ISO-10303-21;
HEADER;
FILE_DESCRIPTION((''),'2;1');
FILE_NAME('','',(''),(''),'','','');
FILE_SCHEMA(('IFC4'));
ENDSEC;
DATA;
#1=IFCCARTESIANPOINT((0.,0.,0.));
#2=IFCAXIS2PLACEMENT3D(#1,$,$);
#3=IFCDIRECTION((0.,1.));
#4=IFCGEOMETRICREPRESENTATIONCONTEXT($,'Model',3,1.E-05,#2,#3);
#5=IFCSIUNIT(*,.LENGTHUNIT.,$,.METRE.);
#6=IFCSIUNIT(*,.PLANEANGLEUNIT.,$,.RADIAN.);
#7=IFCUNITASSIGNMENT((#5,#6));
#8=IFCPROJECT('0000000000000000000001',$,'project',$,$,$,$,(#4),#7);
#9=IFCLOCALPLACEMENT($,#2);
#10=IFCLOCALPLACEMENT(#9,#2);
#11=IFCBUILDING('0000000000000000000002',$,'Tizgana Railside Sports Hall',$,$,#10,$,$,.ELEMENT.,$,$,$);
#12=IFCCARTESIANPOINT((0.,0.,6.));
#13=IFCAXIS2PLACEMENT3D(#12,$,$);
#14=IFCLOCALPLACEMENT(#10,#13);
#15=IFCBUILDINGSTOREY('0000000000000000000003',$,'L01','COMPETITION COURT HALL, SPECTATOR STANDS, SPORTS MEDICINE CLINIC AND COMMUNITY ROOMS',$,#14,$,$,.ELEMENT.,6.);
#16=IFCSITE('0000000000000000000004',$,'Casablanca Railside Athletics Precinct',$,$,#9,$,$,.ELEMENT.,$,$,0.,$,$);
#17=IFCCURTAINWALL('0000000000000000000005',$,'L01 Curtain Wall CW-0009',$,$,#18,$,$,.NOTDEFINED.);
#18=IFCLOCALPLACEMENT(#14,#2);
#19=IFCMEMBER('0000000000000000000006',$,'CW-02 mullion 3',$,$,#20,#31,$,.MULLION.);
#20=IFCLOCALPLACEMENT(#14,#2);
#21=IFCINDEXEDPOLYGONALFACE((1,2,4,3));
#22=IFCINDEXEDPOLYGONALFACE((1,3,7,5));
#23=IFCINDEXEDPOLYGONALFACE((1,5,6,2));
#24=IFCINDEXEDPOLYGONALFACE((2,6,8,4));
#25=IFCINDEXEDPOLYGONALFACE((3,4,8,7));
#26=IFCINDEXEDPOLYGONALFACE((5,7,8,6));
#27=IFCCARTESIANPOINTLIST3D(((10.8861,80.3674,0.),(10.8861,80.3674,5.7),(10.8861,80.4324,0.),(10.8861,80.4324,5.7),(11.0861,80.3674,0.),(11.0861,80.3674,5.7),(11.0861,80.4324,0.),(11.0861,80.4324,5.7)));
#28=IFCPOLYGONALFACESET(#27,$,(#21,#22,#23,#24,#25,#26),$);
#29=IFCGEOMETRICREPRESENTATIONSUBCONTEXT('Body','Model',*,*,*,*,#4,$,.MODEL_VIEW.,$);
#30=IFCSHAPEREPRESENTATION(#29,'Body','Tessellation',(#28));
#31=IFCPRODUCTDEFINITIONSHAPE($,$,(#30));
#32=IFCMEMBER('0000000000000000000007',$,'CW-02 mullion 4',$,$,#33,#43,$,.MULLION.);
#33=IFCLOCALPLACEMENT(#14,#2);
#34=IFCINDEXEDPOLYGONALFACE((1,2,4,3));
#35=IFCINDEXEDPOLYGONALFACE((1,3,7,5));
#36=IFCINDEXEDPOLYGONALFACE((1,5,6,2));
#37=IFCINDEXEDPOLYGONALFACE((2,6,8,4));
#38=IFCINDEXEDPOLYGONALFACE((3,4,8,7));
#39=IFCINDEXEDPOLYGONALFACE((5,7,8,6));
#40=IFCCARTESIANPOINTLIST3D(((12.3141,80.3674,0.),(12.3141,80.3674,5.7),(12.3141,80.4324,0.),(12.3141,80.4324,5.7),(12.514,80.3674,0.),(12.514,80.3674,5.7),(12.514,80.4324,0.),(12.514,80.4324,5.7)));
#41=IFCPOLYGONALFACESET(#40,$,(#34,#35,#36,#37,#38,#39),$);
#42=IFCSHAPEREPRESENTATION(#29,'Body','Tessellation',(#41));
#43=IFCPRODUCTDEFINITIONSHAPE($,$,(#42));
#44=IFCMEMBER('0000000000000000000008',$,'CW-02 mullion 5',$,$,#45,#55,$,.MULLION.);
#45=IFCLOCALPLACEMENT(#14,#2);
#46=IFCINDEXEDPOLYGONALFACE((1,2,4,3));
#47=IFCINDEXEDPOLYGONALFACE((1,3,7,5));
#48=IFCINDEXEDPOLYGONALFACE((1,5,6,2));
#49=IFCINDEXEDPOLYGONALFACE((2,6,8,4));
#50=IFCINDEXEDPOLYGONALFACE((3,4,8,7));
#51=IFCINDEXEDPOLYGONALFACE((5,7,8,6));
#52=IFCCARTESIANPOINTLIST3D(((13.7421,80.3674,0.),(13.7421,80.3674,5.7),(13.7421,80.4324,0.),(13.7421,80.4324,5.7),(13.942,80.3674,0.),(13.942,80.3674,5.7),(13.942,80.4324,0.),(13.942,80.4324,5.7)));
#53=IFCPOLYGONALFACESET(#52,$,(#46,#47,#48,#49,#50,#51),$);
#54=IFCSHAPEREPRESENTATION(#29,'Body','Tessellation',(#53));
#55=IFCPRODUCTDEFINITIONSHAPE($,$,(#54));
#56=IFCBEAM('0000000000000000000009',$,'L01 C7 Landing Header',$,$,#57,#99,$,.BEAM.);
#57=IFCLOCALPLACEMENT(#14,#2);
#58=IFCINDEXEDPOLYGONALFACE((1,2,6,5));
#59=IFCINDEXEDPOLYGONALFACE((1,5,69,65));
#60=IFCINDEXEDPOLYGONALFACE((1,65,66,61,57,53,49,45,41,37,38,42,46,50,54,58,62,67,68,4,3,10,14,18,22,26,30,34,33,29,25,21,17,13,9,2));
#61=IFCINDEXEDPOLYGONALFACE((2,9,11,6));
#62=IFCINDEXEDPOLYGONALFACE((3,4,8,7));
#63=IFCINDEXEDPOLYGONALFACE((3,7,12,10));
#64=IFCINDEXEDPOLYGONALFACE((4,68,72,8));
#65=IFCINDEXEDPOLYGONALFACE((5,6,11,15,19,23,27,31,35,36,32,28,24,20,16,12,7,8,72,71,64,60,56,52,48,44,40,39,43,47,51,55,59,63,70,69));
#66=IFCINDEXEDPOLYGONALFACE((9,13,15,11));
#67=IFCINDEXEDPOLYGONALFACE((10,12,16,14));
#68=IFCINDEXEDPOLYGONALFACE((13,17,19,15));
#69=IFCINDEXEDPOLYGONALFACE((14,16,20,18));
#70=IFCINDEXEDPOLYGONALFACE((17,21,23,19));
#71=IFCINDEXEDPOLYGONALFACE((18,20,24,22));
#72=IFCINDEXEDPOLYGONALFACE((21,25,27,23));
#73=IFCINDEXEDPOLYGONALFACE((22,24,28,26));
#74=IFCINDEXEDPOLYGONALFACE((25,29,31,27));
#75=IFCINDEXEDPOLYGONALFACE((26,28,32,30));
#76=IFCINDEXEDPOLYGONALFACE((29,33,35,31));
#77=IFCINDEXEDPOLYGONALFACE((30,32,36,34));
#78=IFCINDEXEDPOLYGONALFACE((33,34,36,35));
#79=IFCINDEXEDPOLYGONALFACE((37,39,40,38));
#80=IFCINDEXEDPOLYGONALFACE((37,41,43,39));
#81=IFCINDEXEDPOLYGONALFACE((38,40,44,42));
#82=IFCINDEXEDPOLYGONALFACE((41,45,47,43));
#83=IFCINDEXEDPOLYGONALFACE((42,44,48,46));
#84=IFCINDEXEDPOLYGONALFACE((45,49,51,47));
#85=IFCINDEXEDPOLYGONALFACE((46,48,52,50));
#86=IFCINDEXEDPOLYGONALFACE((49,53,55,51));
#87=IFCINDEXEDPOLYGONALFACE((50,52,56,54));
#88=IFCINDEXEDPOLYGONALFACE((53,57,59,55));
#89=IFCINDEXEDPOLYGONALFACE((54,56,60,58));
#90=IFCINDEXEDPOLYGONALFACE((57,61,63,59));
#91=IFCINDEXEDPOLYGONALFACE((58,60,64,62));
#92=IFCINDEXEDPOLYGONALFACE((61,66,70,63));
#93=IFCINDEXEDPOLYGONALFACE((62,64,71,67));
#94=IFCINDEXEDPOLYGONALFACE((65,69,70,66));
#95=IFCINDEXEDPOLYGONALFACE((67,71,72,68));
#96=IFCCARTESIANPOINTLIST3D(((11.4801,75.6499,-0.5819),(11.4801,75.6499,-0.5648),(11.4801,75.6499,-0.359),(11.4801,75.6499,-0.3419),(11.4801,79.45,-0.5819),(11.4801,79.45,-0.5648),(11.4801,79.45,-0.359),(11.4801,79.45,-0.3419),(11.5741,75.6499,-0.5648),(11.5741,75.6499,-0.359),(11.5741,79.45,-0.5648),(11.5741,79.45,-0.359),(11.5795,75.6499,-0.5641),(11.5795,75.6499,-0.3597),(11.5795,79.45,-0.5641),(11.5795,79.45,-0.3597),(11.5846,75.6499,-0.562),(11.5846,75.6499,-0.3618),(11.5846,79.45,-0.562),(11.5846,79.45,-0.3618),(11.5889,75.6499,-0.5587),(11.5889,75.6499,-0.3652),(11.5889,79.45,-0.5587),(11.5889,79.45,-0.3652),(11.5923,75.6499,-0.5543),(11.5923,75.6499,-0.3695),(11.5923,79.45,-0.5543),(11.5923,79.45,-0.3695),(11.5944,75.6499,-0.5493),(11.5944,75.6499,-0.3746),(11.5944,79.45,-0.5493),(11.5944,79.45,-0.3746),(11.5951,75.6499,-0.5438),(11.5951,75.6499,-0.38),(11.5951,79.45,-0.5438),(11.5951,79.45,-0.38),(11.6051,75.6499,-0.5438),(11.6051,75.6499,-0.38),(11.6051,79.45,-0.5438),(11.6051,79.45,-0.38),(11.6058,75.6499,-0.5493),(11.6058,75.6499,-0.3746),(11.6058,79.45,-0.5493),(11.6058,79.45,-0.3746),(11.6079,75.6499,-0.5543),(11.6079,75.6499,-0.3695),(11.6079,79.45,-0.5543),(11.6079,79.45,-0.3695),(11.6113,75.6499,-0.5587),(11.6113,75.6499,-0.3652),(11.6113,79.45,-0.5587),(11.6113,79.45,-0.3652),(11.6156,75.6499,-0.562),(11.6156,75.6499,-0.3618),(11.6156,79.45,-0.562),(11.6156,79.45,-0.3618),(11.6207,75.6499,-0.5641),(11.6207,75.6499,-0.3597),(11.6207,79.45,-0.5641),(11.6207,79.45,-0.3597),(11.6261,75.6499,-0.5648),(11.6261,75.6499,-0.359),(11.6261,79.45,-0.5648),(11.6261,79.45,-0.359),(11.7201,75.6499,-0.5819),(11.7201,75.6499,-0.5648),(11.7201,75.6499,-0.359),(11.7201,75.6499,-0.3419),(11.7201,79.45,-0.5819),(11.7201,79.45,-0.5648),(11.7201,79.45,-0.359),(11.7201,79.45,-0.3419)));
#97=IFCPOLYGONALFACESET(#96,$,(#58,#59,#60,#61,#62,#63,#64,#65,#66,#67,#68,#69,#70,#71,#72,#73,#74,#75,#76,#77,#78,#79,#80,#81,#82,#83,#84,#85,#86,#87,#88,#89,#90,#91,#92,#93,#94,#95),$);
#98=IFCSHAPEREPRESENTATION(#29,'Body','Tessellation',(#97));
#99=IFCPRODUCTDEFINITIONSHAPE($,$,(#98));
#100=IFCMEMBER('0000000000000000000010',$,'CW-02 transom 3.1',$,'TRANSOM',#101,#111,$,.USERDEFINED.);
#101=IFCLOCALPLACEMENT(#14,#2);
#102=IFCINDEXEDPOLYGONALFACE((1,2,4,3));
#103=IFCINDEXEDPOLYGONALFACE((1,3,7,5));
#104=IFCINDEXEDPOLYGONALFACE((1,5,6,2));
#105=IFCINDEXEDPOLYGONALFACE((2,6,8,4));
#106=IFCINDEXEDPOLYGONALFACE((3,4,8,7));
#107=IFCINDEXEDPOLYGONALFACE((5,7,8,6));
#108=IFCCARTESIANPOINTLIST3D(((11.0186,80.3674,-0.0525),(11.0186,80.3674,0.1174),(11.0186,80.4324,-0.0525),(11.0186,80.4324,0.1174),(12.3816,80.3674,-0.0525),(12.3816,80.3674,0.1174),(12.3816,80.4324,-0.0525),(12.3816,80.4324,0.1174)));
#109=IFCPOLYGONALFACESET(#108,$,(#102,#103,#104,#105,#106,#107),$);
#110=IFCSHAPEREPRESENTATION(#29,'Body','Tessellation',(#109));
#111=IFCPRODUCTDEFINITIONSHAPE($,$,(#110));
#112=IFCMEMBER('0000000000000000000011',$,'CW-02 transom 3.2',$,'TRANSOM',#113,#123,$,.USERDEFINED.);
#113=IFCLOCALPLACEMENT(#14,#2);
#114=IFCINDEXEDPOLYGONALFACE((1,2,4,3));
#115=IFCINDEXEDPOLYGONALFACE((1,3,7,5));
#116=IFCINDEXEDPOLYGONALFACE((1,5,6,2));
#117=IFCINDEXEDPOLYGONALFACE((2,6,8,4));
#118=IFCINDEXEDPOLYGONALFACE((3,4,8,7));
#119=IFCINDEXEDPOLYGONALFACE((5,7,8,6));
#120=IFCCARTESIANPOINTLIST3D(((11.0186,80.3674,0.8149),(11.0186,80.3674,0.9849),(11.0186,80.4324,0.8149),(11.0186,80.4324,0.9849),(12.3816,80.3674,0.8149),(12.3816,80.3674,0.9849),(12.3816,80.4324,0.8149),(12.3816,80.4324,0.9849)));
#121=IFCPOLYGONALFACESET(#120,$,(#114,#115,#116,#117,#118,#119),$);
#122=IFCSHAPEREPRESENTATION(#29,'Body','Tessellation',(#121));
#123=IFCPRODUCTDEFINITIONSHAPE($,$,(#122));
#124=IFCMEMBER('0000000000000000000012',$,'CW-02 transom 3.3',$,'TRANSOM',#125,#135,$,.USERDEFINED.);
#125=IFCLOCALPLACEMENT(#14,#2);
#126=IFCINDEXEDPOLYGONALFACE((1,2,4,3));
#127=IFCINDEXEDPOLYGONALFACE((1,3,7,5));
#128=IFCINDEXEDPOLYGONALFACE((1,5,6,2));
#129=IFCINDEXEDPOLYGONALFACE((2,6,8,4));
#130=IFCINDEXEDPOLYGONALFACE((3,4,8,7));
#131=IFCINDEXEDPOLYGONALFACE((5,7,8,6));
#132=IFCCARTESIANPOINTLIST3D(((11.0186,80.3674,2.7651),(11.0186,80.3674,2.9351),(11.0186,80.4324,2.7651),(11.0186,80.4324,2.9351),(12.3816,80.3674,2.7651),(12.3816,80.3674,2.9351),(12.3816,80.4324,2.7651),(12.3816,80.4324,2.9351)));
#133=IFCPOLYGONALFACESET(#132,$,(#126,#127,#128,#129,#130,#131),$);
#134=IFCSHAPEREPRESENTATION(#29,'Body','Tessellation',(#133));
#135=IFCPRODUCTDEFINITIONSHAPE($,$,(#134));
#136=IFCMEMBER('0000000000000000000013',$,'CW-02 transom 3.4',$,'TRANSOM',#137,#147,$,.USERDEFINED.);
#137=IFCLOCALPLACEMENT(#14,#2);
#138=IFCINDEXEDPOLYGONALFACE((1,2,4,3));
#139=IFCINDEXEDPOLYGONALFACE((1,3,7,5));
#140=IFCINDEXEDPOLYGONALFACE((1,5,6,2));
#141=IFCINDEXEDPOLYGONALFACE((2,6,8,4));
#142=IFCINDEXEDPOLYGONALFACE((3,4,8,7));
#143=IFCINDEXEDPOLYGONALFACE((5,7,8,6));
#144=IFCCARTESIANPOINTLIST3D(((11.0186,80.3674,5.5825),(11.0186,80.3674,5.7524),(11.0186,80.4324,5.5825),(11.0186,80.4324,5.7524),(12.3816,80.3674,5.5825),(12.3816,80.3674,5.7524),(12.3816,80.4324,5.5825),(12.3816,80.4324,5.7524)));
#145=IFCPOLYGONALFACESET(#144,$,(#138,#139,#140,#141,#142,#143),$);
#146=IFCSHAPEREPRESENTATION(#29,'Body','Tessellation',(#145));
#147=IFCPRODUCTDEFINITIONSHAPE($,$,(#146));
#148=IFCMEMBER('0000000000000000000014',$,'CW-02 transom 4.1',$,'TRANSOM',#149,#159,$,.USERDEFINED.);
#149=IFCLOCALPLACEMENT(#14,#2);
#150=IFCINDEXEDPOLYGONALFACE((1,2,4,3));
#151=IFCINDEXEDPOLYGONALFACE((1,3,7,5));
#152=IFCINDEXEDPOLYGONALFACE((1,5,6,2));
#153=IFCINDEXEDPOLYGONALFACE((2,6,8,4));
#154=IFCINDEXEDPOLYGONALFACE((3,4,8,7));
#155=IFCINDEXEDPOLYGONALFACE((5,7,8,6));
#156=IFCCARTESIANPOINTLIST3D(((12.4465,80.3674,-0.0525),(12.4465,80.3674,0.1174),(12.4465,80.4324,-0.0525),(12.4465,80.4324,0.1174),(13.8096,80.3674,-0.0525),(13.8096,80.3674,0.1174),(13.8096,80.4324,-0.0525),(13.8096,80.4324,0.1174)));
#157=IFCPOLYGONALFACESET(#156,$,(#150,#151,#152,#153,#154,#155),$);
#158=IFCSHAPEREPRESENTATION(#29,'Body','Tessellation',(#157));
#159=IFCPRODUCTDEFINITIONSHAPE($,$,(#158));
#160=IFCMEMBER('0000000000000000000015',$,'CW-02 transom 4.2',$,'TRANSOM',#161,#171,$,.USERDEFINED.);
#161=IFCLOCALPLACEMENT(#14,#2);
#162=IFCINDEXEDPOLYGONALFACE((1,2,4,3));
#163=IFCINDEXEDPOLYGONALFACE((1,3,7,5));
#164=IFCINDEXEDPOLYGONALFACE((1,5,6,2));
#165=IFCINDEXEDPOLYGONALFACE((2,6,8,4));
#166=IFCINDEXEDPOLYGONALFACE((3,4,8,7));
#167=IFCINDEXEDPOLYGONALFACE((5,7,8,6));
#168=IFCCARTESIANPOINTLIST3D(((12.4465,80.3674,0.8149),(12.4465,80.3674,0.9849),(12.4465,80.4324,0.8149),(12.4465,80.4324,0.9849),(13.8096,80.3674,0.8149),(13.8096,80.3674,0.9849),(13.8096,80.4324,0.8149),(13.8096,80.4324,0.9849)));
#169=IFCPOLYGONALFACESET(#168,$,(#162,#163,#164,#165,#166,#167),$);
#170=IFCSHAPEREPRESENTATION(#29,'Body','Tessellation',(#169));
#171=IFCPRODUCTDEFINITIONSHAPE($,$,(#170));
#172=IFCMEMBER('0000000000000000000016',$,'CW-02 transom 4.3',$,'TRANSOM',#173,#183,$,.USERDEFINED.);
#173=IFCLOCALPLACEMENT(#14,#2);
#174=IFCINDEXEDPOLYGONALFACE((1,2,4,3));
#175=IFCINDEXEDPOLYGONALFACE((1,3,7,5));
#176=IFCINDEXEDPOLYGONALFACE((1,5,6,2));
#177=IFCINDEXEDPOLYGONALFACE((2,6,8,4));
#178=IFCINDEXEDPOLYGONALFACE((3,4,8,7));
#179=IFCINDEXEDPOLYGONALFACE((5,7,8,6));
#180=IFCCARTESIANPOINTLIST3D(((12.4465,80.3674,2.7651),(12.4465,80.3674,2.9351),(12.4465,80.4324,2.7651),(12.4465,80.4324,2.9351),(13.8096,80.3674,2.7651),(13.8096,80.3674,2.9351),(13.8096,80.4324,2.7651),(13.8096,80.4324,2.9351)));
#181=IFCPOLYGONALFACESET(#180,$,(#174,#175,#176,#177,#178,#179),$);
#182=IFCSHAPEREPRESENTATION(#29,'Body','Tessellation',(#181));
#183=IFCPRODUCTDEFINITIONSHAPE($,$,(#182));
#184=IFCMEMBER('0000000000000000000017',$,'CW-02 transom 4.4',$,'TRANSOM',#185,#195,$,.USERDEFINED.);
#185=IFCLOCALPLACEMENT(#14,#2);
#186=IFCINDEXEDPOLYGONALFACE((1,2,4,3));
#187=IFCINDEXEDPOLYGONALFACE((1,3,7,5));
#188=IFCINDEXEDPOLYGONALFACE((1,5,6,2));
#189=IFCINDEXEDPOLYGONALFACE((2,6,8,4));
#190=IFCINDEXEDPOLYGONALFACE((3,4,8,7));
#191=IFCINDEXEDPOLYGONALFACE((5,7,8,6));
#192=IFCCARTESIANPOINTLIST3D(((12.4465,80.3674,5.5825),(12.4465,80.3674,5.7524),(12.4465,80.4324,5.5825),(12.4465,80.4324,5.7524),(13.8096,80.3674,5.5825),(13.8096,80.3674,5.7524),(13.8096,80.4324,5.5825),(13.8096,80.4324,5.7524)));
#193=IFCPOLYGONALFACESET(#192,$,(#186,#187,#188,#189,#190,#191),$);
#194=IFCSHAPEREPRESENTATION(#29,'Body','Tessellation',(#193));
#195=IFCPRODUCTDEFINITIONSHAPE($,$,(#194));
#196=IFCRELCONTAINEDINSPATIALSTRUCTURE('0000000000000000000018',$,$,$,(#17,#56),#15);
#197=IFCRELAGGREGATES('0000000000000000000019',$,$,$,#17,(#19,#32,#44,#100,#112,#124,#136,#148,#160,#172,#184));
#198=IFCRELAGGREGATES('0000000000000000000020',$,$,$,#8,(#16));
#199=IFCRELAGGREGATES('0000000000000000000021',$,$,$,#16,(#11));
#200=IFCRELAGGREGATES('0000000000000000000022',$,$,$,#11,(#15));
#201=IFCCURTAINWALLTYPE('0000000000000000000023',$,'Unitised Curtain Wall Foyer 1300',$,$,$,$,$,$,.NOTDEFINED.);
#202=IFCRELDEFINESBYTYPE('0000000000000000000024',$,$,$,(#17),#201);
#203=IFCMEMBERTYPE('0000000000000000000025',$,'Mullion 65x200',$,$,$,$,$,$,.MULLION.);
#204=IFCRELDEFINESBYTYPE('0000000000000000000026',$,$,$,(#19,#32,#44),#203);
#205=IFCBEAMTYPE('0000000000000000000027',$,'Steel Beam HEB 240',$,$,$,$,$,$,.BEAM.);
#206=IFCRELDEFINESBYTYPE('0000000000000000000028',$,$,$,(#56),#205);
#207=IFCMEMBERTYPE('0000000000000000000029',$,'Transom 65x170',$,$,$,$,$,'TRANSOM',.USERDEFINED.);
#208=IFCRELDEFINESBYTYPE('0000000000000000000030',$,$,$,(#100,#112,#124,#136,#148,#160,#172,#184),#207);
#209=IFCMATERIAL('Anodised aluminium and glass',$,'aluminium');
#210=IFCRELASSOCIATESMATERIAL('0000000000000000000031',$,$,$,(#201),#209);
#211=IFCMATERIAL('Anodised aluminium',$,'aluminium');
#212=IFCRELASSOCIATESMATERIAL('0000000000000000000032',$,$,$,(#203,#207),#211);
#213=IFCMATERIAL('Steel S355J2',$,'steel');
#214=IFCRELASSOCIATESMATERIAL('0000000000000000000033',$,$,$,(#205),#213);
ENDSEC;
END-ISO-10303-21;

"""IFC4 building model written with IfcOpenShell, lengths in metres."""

from ifc_helpers import new_model, si_unit, direction, frame, origin, origin_2d, place, context, subcontext, project, spatial, rectangle, i_section, extrude, material, material_profile, profile_set, type_object, element, aggregate, save


model = new_model("IFC4")

# Units and contexts
model_context = context("Model", 3, precision=1e-05, world=origin(), true_north=direction((0.0, 1.0)))
body_context = subcontext(model_context, "Body", "Model", "MODEL_VIEW")
ifc_project = project(units=[si_unit("LENGTHUNIT", "METRE"), si_unit("PLANEANGLEUNIT", "RADIAN")], contexts=[model_context])

# Site, building, storey
site_placement = place(None, origin())
site = spatial("IfcSite", under=ifc_project, at=site_placement, Name="Casablanca Railside Athletics Precinct", CompositionType="ELEMENT", RefElevation=0.0)
building_placement = place(site_placement, origin())
building = spatial("IfcBuilding", under=site, at=building_placement, Name="Tizgana Railside Sports Hall", CompositionType="ELEMENT")
storey_placement = place(building_placement, frame((0.0, 0.0, 6.0)))
storey = spatial("IfcBuildingStorey", under=building, at=storey_placement, Name="L01", Description="COMPETITION COURT HALL, SPECTATOR STANDS, SPORTS MEDICINE CLINIC AND COMMUNITY ROOMS", CompositionType="ELEMENT", Elevation=6.0)

# Curtain wall, members
ifc_material_1 = material(Name="Anodised aluminium and glass", Category="aluminium")
curtain_wall_type = type_object("IfcCurtainWallType", Name="Unitised Curtain Wall Foyer 1300", PredefinedType="NOTDEFINED", material=ifc_material_1)
curtain_wall_placement = place(storey_placement, origin())
curtain_wall = element("IfcCurtainWall", 1, at=curtain_wall_placement, inside=storey, type_object=curtain_wall_type, Name="L01 Curtain Wall CW-0009", PredefinedType="NOTDEFINED")
ifc_material_2 = material(Name="Anodised aluminium", Category="aluminium")
ifc_material_profile_1 = material_profile(ifc_material_2, rectangle(XDim=0.0649, YDim=0.2, at=origin_2d()), Name="Mullion 65x200")
ifc_profile_set_1 = profile_set([ifc_material_profile_1], Name="Anodised aluminium")
member_type_1 = type_object("IfcMemberType", Name="Mullion 65x200", PredefinedType="MULLION", material=ifc_profile_set_1)
member_1_placement = place(storey_placement, frame((10.9861, 80.3999, 0.0), z_axis=(0.0, 0.0, 1.0), x_axis=(0.0, 1.0, 0.0)))
member_1 = element("IfcMember", 2, at=member_1_placement, type_object=member_type_1, Name="CW-02 mullion 3", PredefinedType="MULLION", context=body_context, shape_type="SweptSolid", body=[
    extrude(rectangle(XDim=0.0649, YDim=0.2, at=origin_2d()), origin(), (0.0, 0.0, 1.0), 5.7),
])
member_2_placement = place(storey_placement, frame((12.4141, 80.3999, 0.0), z_axis=(0.0, 0.0, 1.0), x_axis=(0.0, 1.0, 0.0)))
member_2 = element("IfcMember", 3, at=member_2_placement, type_object=member_type_1, Name="CW-02 mullion 4", PredefinedType="MULLION", context=body_context, shape_type="SweptSolid", body=[
    extrude(rectangle(XDim=0.0649, YDim=0.2, at=origin_2d()), origin(), (0.0, 0.0, 1.0), 5.7),
])
member_3_placement = place(storey_placement, frame((13.842, 80.3999, 0.0), z_axis=(0.0, 0.0, 1.0), x_axis=(0.0, 1.0, 0.0)))
member_3 = element("IfcMember", 4, at=member_3_placement, type_object=member_type_1, Name="CW-02 mullion 5", PredefinedType="MULLION", context=body_context, shape_type="SweptSolid", body=[
    extrude(rectangle(XDim=0.0649, YDim=0.2, at=origin_2d()), origin(), (0.0, 0.0, 1.0), 5.7),
])

# Beam
ifc_material_3 = material(Name="Steel S355J2", Category="steel")
ifc_material_profile_2 = material_profile(ifc_material_3, i_section(OverallWidth=0.24, OverallDepth=0.24, WebThickness=0.01, FlangeThickness=0.0171, FilletRadius=0.021, at=origin_2d()), Name="HEB 240")
ifc_profile_set_2 = profile_set([ifc_material_profile_2], Name="Steel S355J2")
beam_type = type_object("IfcBeamType", Name="Steel Beam HEB 240", PredefinedType="BEAM", material=ifc_profile_set_2)
beam_placement = place(storey_placement, frame((11.6001, 75.6499, -0.4619), z_axis=(0.0, 1.0, 0.0), x_axis=(-1.0, 0.0, 0.0)))
element("IfcBeam", 5, at=beam_placement, inside=storey, type_object=beam_type, Name="L01 C7 Landing Header", PredefinedType="BEAM", context=body_context, shape_type="SweptSolid", body=[
    extrude(i_section(OverallWidth=0.24, OverallDepth=0.24, WebThickness=0.01, FlangeThickness=0.0171, FilletRadius=0.021, at=origin_2d()), origin(), (0.0, 0.0, 1.0), 3.8),
])

# Members
ifc_material_profile_3 = material_profile(ifc_material_2, rectangle(XDim=0.0649, YDim=0.1699, at=origin_2d()), Name="Transom 65x170")
ifc_profile_set_3 = profile_set([ifc_material_profile_3], Name="Anodised aluminium")
member_type_2 = type_object("IfcMemberType", Name="Transom 65x170", ElementType="TRANSOM", PredefinedType="USERDEFINED", material=ifc_profile_set_3)
member_4_placement = place(storey_placement, frame((11.0186, 80.3999, 0.0325), z_axis=(1.0, 0.0, 0.0), x_axis=(0.0, 1.0, 0.0)))
member_4 = element("IfcMember", 6, at=member_4_placement, type_object=member_type_2, Name="CW-02 transom 3.1", ObjectType="TRANSOM", PredefinedType="USERDEFINED", context=body_context, shape_type="SweptSolid", body=[
    extrude(rectangle(XDim=0.0649, YDim=0.1699, at=origin_2d()), origin(), (0.0, 0.0, 1.0), 1.363),
])
member_5_placement = place(storey_placement, frame((11.0186, 80.3999, 0.8999), z_axis=(1.0, 0.0, 0.0), x_axis=(0.0, 1.0, 0.0)))
member_5 = element("IfcMember", 7, at=member_5_placement, type_object=member_type_2, Name="CW-02 transom 3.2", ObjectType="TRANSOM", PredefinedType="USERDEFINED", context=body_context, shape_type="SweptSolid", body=[
    extrude(rectangle(XDim=0.0649, YDim=0.1699, at=origin_2d()), origin(), (0.0, 0.0, 1.0), 1.363),
])
member_6_placement = place(storey_placement, frame((11.0186, 80.3999, 2.8501), z_axis=(1.0, 0.0, 0.0), x_axis=(0.0, 1.0, 0.0)))
member_6 = element("IfcMember", 8, at=member_6_placement, type_object=member_type_2, Name="CW-02 transom 3.3", ObjectType="TRANSOM", PredefinedType="USERDEFINED", context=body_context, shape_type="SweptSolid", body=[
    extrude(rectangle(XDim=0.0649, YDim=0.1699, at=origin_2d()), origin(), (0.0, 0.0, 1.0), 1.363),
])
member_7_placement = place(storey_placement, frame((11.0186, 80.3999, 5.6675), z_axis=(1.0, 0.0, 0.0), x_axis=(0.0, 1.0, 0.0)))
member_7 = element("IfcMember", 9, at=member_7_placement, type_object=member_type_2, Name="CW-02 transom 3.4", ObjectType="TRANSOM", PredefinedType="USERDEFINED", context=body_context, shape_type="SweptSolid", body=[
    extrude(rectangle(XDim=0.0649, YDim=0.1699, at=origin_2d()), origin(), (0.0, 0.0, 1.0), 1.363),
])
member_8_placement = place(storey_placement, frame((12.4465, 80.3999, 0.0325), z_axis=(1.0, 0.0, 0.0), x_axis=(0.0, 1.0, 0.0)))
member_8 = element("IfcMember", 10, at=member_8_placement, type_object=member_type_2, Name="CW-02 transom 4.1", ObjectType="TRANSOM", PredefinedType="USERDEFINED", context=body_context, shape_type="SweptSolid", body=[
    extrude(rectangle(XDim=0.0649, YDim=0.1699, at=origin_2d()), origin(), (0.0, 0.0, 1.0), 1.363),
])
member_9_placement = place(storey_placement, frame((12.4465, 80.3999, 0.8999), z_axis=(1.0, 0.0, 0.0), x_axis=(0.0, 1.0, 0.0)))
member_9 = element("IfcMember", 11, at=member_9_placement, type_object=member_type_2, Name="CW-02 transom 4.2", ObjectType="TRANSOM", PredefinedType="USERDEFINED", context=body_context, shape_type="SweptSolid", body=[
    extrude(rectangle(XDim=0.0649, YDim=0.1699, at=origin_2d()), origin(), (0.0, 0.0, 1.0), 1.363),
])
member_10_placement = place(storey_placement, frame((12.4465, 80.3999, 2.8501), z_axis=(1.0, 0.0, 0.0), x_axis=(0.0, 1.0, 0.0)))
member_10 = element("IfcMember", 12, at=member_10_placement, type_object=member_type_2, Name="CW-02 transom 4.3", ObjectType="TRANSOM", PredefinedType="USERDEFINED", context=body_context, shape_type="SweptSolid", body=[
    extrude(rectangle(XDim=0.0649, YDim=0.1699, at=origin_2d()), origin(), (0.0, 0.0, 1.0), 1.363),
])
member_11_placement = place(storey_placement, frame((12.4465, 80.3999, 5.6675), z_axis=(1.0, 0.0, 0.0), x_axis=(0.0, 1.0, 0.0)))
member_11 = element("IfcMember", 13, at=member_11_placement, type_object=member_type_2, Name="CW-02 transom 4.4", ObjectType="TRANSOM", PredefinedType="USERDEFINED", context=body_context, shape_type="SweptSolid", body=[
    extrude(rectangle(XDim=0.0649, YDim=0.1699, at=origin_2d()), origin(), (0.0, 0.0, 1.0), 1.363),
])

aggregate(curtain_wall, [member_1, member_2, member_3, member_4, member_5, member_6, member_7, member_8, member_9, member_10, member_11])

save(model, "model.ifc")
